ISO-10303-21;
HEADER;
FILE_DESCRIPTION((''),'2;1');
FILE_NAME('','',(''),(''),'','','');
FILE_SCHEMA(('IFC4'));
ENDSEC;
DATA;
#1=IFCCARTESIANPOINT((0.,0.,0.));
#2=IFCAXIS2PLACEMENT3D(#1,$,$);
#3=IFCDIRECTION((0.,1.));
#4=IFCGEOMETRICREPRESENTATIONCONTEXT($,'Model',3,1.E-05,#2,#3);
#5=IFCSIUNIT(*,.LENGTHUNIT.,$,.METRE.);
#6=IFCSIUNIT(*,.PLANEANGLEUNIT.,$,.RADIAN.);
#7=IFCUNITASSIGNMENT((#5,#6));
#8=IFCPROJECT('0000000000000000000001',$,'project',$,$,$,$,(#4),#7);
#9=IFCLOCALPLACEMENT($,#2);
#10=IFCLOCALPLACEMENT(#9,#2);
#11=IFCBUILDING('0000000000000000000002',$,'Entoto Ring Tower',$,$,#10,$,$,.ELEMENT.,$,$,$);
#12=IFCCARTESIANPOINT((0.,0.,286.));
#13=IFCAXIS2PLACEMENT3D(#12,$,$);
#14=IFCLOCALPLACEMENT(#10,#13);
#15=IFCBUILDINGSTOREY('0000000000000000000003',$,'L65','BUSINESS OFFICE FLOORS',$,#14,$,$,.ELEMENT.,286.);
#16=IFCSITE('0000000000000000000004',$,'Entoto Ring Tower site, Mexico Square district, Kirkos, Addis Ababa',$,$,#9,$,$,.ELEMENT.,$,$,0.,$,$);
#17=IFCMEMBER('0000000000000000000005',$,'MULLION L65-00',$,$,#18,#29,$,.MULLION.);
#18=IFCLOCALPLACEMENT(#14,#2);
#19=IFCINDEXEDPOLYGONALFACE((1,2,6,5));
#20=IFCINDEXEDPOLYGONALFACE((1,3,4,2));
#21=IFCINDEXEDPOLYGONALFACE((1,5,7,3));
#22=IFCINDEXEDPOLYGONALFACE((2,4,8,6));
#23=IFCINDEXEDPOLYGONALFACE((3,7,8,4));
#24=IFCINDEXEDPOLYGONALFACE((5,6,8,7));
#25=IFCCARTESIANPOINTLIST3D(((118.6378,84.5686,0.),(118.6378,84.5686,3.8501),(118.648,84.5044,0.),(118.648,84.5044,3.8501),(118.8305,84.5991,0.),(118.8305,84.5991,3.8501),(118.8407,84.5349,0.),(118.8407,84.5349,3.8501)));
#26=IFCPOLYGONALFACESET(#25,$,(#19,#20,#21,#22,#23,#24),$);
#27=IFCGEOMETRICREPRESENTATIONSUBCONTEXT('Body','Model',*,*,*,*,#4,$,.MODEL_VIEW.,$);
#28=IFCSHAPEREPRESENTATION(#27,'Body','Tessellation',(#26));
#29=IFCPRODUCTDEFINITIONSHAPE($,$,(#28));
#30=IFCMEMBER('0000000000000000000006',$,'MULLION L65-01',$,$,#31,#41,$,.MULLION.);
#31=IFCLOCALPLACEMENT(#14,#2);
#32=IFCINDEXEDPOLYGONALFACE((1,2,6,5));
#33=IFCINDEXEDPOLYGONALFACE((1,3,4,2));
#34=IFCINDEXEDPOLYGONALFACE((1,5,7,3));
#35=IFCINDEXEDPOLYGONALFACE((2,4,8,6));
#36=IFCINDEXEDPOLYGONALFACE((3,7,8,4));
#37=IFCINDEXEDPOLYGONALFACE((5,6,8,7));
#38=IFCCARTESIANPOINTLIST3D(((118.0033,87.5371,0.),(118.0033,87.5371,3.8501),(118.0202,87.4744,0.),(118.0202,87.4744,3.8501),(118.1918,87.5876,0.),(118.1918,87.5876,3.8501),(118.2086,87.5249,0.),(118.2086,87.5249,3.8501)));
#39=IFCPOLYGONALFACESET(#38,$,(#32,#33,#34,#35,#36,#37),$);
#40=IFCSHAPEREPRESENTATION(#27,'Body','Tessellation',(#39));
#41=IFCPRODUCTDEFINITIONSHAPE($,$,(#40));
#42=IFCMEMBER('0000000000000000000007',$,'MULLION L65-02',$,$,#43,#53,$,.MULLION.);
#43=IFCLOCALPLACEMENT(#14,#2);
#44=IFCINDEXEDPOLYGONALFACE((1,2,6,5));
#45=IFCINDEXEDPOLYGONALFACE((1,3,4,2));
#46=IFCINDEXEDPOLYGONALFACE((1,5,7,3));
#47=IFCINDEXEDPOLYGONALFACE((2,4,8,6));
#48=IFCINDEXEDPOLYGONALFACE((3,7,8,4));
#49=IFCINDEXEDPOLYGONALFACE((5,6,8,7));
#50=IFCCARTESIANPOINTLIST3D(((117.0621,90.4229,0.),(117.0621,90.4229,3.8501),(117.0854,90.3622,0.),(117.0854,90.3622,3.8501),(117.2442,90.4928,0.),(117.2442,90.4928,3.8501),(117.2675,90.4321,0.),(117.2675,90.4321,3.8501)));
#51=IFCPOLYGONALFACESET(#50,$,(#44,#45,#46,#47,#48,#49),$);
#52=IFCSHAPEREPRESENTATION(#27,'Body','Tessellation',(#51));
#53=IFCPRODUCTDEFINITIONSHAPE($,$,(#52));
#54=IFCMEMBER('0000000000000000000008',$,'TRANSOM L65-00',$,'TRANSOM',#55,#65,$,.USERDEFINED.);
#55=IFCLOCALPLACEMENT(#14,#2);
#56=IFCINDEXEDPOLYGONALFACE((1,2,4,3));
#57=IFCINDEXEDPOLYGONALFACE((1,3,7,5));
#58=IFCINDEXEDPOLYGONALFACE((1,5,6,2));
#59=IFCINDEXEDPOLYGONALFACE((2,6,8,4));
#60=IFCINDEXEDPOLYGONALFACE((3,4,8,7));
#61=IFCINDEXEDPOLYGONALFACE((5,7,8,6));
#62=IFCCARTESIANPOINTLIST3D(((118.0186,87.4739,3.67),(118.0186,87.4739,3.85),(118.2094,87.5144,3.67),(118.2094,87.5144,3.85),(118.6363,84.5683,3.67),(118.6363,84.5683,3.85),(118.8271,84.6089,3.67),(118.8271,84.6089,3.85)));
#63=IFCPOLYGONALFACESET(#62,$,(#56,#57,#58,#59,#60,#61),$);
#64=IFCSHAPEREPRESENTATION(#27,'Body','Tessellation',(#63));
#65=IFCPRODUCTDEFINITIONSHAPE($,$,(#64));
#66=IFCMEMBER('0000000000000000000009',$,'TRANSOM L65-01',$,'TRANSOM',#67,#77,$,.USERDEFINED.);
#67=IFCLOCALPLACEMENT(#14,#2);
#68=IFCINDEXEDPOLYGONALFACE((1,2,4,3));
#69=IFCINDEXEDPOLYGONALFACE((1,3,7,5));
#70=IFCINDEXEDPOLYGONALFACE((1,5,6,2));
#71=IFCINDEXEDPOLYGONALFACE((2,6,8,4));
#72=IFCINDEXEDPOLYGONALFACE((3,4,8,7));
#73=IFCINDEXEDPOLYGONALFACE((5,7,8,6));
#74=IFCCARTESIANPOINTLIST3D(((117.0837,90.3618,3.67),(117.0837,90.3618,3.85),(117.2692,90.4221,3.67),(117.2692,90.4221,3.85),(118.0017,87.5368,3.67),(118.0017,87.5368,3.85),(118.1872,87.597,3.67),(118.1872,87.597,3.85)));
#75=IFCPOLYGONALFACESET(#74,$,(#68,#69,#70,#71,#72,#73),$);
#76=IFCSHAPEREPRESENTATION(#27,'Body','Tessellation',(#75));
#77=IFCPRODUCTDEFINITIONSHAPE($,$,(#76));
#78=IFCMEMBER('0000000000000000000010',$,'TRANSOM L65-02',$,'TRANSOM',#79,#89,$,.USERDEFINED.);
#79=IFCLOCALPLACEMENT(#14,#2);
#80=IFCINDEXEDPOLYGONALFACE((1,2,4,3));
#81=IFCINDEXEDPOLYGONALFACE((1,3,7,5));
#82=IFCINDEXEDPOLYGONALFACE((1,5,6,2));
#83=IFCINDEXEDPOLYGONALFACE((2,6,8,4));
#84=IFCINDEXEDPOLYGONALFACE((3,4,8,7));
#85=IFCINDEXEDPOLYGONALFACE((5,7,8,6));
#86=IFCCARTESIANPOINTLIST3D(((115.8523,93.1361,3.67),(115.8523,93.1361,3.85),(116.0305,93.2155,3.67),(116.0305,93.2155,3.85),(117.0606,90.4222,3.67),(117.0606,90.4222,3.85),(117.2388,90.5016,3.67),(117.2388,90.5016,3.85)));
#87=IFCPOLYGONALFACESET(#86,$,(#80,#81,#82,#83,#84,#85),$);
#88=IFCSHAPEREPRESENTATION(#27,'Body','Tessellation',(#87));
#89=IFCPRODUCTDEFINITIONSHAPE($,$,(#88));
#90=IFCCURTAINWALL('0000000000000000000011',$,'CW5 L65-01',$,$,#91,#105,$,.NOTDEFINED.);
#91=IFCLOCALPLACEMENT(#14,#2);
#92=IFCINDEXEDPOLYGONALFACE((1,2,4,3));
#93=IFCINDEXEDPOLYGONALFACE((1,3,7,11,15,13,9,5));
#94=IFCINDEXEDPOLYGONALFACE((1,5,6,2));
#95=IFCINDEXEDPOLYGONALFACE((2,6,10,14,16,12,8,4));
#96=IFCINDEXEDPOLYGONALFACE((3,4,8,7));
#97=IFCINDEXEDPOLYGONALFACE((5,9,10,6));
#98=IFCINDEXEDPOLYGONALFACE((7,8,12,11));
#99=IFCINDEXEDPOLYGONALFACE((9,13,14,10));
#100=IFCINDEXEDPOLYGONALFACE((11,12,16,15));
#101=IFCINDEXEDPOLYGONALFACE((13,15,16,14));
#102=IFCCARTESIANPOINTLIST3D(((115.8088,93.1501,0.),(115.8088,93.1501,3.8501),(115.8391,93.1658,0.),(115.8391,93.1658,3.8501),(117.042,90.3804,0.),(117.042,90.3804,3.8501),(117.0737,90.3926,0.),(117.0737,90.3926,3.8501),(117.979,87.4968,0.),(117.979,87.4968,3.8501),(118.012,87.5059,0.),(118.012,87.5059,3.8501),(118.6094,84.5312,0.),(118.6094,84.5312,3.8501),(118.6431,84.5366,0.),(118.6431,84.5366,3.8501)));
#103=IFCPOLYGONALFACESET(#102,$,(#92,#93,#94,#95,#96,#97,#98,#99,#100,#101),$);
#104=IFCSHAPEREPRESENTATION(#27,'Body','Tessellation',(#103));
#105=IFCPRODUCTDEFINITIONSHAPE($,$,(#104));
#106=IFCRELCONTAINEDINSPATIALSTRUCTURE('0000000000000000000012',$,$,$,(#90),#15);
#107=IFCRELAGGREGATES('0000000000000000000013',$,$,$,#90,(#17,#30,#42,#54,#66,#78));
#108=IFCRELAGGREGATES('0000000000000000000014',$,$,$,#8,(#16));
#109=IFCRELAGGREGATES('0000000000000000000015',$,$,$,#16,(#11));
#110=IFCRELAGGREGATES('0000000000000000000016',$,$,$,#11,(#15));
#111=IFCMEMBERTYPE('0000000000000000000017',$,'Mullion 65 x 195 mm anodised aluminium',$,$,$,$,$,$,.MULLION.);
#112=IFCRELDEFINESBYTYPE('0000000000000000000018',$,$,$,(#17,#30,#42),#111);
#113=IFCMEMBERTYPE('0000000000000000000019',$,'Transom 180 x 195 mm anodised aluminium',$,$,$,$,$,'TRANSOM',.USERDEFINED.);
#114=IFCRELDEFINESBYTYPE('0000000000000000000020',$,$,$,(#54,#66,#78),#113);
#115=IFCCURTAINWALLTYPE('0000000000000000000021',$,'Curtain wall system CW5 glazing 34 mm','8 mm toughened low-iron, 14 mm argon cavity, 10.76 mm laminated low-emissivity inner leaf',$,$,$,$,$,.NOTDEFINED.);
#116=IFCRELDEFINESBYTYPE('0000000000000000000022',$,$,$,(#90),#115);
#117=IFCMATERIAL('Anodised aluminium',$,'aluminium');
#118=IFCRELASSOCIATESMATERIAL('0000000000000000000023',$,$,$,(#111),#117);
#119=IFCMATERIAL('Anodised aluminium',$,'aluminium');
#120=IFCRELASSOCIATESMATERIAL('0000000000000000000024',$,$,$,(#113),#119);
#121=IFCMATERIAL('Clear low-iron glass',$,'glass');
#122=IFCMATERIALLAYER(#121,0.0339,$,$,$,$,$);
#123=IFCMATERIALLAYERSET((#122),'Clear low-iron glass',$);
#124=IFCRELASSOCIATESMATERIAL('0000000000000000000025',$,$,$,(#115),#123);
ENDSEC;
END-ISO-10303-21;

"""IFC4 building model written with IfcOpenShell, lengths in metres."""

from ifc_helpers import new_model, si_unit, direction, frame, origin, origin_2d, place, context, subcontext, project, spatial, polyline, rectangle, outline, extrude, material, layer, layer_set, material_profile, profile_set, type_object, element, aggregate, save


model = new_model("IFC4")

# Units and contexts
model_context = context("Model", 3, precision=1e-05, world=origin(), true_north=direction((0.0, 1.0)))
body_context = subcontext(model_context, "Body", "Model", "MODEL_VIEW")
ifc_project = project(units=[si_unit("LENGTHUNIT", "METRE"), si_unit("PLANEANGLEUNIT", "RADIAN")], contexts=[model_context])

# Members
ifc_material_1 = material(Name="Anodised aluminium", Category="aluminium")
ifc_material_profile_1 = material_profile(ifc_material_1, rectangle(XDim=0.0649, YDim=0.1951, at=origin_2d()), Name="Mullion 65 x 195 mm anodised aluminium")
ifc_profile_set_1 = profile_set([ifc_material_profile_1], Name="Anodised aluminium")
member_type_1 = type_object("IfcMemberType", Name="Mullion 65 x 195 mm anodised aluminium", PredefinedType="MULLION", material=ifc_profile_set_1)
site_placement = place(None, origin())
building_placement = place(site_placement, origin())
storey_placement = place(building_placement, frame((0.0, 0.0, 286.0)))
member_1_placement = place(storey_placement, frame((118.7393, 84.5518, 0.0), z_axis=(0.0, 0.0, 1.0), x_axis=(-0.156434, 0.987688, 0.0)))
member_1 = element("IfcMember", 1, at=member_1_placement, type_object=member_type_1, Name="MULLION L65-00", PredefinedType="MULLION", context=body_context, shape_type="SweptSolid", body=[
    extrude(rectangle(XDim=0.0649, YDim=0.1951, at=origin_2d()), origin(), (0.0, 0.0, 1.0), 3.8501),
])
member_2_placement = place(storey_placement, frame((118.106, 87.531, 0.0), z_axis=(0.0, 0.0, 1.0), x_axis=(-0.258819, 0.965926, 0.0)))
member_2 = element("IfcMember", 2, at=member_2_placement, type_object=member_type_1, Name="MULLION L65-01", PredefinedType="MULLION", context=body_context, shape_type="SweptSolid", body=[
    extrude(rectangle(XDim=0.0649, YDim=0.1951, at=origin_2d()), origin(), (0.0, 0.0, 1.0), 3.8501),
])
member_3_placement = place(storey_placement, frame((117.1648, 90.4275, 0.0), z_axis=(0.0, 0.0, 1.0), x_axis=(-0.358368, 0.93358, 0.0)))
member_3 = element("IfcMember", 3, at=member_3_placement, type_object=member_type_1, Name="MULLION L65-02", PredefinedType="MULLION", context=body_context, shape_type="SweptSolid", body=[
    extrude(rectangle(XDim=0.0649, YDim=0.1951, at=origin_2d()), origin(), (0.0, 0.0, 1.0), 3.8501),
])
ifc_material_2 = material(Name="Anodised aluminium", Category="aluminium")
ifc_material_profile_2 = material_profile(ifc_material_2, rectangle(XDim=0.1951, YDim=0.1799, at=origin_2d()), Name="Transom 180 x 195 mm anodised aluminium")
ifc_profile_set_2 = profile_set([ifc_material_profile_2], Name="Anodised aluminium")
member_type_2 = type_object("IfcMemberType", Name="Transom 180 x 195 mm anodised aluminium", ElementType="TRANSOM", PredefinedType="USERDEFINED", material=ifc_profile_set_2)
member_4_placement = place(storey_placement, frame((118.7317, 84.5886, 3.76), z_axis=(-0.20794, 0.978142, 0.0), x_axis=(-0.978142, -0.20794, 0.0)))
member_4 = element("IfcMember", 4, at=member_4_placement, type_object=member_type_2, Name="TRANSOM L65-00", ObjectType="TRANSOM", PredefinedType="USERDEFINED", context=body_context, shape_type="SweptSolid", body=[
    extrude(rectangle(XDim=0.1951, YDim=0.1799, at=origin_2d()), origin(), (0.0, 0.0, 1.0), 2.9705),
])
member_5_placement = place(storey_placement, frame((118.0945, 87.5669, 3.76), z_axis=(-0.309043, 0.951048, 0.0), x_axis=(-0.951048, -0.309043, 0.0)))
member_5 = element("IfcMember", 5, at=member_5_placement, type_object=member_type_2, Name="TRANSOM L65-01", ObjectType="TRANSOM", PredefinedType="USERDEFINED", context=body_context, shape_type="SweptSolid", body=[
    extrude(rectangle(XDim=0.1951, YDim=0.1799, at=origin_2d()), origin(), (0.0, 0.0, 1.0), 2.9705),
])
member_6_placement = place(storey_placement, frame((117.1497, 90.4619, 3.76), z_axis=(-0.406726, 0.91355, 0.0), x_axis=(-0.91355, -0.406726, 0.0)))
member_6 = element("IfcMember", 6, at=member_6_placement, type_object=member_type_2, Name="TRANSOM L65-02", ObjectType="TRANSOM", PredefinedType="USERDEFINED", context=body_context, shape_type="SweptSolid", body=[
    extrude(rectangle(XDim=0.1951, YDim=0.1799, at=origin_2d()), origin(), (0.0, 0.0, 1.0), 2.9707),
])

# Site, building, storey
site = spatial("IfcSite", under=ifc_project, at=site_placement, Name="Entoto Ring Tower site, Mexico Square district, Kirkos, Addis Ababa", CompositionType="ELEMENT", RefElevation=0.0)
building = spatial("IfcBuilding", under=site, at=building_placement, Name="Entoto Ring Tower", CompositionType="ELEMENT")
storey = spatial("IfcBuildingStorey", under=building, at=storey_placement, Name="L65", Description="BUSINESS OFFICE FLOORS", CompositionType="ELEMENT", Elevation=286.0)

# Curtain wall
ifc_material_3 = material(Name="Clear low-iron glass", Category="glass")
ifc_layer_1 = layer(ifc_material_3, 0.0339)
ifc_layer_set_1 = layer_set([ifc_layer_1], Name="Clear low-iron glass")
curtain_wall_type = type_object("IfcCurtainWallType", Name="Curtain wall system CW5 glazing 34 mm", Description="8 mm toughened low-iron, 14 mm argon cavity, 10.76 mm laminated low-emissivity inner leaf", PredefinedType="NOTDEFINED", material=ifc_layer_set_1)
curtain_wall_1_placement = place(storey_placement, origin())
curtain_wall_1 = element("IfcCurtainWall", 7, at=curtain_wall_1_placement, inside=storey, type_object=curtain_wall_type, Name="CW5 L65-01", PredefinedType="NOTDEFINED", context=body_context, shape_type="SweptSolid", body=[
    extrude(outline(polyline([(118.6431, 84.5366), (118.012, 87.5059), (117.0737, 90.3926), (115.8391, 93.1658), (115.8088, 93.1501), (117.042, 90.3804), (117.979, 87.4968), (118.6094, 84.5312), (118.6431, 84.5366)])), origin(), (0.0, 0.0, 1.0), 3.8501),
])
aggregate(curtain_wall_1, [member_1, member_2, member_3, member_4, member_5, member_6])

save(model, "model.ifc")
